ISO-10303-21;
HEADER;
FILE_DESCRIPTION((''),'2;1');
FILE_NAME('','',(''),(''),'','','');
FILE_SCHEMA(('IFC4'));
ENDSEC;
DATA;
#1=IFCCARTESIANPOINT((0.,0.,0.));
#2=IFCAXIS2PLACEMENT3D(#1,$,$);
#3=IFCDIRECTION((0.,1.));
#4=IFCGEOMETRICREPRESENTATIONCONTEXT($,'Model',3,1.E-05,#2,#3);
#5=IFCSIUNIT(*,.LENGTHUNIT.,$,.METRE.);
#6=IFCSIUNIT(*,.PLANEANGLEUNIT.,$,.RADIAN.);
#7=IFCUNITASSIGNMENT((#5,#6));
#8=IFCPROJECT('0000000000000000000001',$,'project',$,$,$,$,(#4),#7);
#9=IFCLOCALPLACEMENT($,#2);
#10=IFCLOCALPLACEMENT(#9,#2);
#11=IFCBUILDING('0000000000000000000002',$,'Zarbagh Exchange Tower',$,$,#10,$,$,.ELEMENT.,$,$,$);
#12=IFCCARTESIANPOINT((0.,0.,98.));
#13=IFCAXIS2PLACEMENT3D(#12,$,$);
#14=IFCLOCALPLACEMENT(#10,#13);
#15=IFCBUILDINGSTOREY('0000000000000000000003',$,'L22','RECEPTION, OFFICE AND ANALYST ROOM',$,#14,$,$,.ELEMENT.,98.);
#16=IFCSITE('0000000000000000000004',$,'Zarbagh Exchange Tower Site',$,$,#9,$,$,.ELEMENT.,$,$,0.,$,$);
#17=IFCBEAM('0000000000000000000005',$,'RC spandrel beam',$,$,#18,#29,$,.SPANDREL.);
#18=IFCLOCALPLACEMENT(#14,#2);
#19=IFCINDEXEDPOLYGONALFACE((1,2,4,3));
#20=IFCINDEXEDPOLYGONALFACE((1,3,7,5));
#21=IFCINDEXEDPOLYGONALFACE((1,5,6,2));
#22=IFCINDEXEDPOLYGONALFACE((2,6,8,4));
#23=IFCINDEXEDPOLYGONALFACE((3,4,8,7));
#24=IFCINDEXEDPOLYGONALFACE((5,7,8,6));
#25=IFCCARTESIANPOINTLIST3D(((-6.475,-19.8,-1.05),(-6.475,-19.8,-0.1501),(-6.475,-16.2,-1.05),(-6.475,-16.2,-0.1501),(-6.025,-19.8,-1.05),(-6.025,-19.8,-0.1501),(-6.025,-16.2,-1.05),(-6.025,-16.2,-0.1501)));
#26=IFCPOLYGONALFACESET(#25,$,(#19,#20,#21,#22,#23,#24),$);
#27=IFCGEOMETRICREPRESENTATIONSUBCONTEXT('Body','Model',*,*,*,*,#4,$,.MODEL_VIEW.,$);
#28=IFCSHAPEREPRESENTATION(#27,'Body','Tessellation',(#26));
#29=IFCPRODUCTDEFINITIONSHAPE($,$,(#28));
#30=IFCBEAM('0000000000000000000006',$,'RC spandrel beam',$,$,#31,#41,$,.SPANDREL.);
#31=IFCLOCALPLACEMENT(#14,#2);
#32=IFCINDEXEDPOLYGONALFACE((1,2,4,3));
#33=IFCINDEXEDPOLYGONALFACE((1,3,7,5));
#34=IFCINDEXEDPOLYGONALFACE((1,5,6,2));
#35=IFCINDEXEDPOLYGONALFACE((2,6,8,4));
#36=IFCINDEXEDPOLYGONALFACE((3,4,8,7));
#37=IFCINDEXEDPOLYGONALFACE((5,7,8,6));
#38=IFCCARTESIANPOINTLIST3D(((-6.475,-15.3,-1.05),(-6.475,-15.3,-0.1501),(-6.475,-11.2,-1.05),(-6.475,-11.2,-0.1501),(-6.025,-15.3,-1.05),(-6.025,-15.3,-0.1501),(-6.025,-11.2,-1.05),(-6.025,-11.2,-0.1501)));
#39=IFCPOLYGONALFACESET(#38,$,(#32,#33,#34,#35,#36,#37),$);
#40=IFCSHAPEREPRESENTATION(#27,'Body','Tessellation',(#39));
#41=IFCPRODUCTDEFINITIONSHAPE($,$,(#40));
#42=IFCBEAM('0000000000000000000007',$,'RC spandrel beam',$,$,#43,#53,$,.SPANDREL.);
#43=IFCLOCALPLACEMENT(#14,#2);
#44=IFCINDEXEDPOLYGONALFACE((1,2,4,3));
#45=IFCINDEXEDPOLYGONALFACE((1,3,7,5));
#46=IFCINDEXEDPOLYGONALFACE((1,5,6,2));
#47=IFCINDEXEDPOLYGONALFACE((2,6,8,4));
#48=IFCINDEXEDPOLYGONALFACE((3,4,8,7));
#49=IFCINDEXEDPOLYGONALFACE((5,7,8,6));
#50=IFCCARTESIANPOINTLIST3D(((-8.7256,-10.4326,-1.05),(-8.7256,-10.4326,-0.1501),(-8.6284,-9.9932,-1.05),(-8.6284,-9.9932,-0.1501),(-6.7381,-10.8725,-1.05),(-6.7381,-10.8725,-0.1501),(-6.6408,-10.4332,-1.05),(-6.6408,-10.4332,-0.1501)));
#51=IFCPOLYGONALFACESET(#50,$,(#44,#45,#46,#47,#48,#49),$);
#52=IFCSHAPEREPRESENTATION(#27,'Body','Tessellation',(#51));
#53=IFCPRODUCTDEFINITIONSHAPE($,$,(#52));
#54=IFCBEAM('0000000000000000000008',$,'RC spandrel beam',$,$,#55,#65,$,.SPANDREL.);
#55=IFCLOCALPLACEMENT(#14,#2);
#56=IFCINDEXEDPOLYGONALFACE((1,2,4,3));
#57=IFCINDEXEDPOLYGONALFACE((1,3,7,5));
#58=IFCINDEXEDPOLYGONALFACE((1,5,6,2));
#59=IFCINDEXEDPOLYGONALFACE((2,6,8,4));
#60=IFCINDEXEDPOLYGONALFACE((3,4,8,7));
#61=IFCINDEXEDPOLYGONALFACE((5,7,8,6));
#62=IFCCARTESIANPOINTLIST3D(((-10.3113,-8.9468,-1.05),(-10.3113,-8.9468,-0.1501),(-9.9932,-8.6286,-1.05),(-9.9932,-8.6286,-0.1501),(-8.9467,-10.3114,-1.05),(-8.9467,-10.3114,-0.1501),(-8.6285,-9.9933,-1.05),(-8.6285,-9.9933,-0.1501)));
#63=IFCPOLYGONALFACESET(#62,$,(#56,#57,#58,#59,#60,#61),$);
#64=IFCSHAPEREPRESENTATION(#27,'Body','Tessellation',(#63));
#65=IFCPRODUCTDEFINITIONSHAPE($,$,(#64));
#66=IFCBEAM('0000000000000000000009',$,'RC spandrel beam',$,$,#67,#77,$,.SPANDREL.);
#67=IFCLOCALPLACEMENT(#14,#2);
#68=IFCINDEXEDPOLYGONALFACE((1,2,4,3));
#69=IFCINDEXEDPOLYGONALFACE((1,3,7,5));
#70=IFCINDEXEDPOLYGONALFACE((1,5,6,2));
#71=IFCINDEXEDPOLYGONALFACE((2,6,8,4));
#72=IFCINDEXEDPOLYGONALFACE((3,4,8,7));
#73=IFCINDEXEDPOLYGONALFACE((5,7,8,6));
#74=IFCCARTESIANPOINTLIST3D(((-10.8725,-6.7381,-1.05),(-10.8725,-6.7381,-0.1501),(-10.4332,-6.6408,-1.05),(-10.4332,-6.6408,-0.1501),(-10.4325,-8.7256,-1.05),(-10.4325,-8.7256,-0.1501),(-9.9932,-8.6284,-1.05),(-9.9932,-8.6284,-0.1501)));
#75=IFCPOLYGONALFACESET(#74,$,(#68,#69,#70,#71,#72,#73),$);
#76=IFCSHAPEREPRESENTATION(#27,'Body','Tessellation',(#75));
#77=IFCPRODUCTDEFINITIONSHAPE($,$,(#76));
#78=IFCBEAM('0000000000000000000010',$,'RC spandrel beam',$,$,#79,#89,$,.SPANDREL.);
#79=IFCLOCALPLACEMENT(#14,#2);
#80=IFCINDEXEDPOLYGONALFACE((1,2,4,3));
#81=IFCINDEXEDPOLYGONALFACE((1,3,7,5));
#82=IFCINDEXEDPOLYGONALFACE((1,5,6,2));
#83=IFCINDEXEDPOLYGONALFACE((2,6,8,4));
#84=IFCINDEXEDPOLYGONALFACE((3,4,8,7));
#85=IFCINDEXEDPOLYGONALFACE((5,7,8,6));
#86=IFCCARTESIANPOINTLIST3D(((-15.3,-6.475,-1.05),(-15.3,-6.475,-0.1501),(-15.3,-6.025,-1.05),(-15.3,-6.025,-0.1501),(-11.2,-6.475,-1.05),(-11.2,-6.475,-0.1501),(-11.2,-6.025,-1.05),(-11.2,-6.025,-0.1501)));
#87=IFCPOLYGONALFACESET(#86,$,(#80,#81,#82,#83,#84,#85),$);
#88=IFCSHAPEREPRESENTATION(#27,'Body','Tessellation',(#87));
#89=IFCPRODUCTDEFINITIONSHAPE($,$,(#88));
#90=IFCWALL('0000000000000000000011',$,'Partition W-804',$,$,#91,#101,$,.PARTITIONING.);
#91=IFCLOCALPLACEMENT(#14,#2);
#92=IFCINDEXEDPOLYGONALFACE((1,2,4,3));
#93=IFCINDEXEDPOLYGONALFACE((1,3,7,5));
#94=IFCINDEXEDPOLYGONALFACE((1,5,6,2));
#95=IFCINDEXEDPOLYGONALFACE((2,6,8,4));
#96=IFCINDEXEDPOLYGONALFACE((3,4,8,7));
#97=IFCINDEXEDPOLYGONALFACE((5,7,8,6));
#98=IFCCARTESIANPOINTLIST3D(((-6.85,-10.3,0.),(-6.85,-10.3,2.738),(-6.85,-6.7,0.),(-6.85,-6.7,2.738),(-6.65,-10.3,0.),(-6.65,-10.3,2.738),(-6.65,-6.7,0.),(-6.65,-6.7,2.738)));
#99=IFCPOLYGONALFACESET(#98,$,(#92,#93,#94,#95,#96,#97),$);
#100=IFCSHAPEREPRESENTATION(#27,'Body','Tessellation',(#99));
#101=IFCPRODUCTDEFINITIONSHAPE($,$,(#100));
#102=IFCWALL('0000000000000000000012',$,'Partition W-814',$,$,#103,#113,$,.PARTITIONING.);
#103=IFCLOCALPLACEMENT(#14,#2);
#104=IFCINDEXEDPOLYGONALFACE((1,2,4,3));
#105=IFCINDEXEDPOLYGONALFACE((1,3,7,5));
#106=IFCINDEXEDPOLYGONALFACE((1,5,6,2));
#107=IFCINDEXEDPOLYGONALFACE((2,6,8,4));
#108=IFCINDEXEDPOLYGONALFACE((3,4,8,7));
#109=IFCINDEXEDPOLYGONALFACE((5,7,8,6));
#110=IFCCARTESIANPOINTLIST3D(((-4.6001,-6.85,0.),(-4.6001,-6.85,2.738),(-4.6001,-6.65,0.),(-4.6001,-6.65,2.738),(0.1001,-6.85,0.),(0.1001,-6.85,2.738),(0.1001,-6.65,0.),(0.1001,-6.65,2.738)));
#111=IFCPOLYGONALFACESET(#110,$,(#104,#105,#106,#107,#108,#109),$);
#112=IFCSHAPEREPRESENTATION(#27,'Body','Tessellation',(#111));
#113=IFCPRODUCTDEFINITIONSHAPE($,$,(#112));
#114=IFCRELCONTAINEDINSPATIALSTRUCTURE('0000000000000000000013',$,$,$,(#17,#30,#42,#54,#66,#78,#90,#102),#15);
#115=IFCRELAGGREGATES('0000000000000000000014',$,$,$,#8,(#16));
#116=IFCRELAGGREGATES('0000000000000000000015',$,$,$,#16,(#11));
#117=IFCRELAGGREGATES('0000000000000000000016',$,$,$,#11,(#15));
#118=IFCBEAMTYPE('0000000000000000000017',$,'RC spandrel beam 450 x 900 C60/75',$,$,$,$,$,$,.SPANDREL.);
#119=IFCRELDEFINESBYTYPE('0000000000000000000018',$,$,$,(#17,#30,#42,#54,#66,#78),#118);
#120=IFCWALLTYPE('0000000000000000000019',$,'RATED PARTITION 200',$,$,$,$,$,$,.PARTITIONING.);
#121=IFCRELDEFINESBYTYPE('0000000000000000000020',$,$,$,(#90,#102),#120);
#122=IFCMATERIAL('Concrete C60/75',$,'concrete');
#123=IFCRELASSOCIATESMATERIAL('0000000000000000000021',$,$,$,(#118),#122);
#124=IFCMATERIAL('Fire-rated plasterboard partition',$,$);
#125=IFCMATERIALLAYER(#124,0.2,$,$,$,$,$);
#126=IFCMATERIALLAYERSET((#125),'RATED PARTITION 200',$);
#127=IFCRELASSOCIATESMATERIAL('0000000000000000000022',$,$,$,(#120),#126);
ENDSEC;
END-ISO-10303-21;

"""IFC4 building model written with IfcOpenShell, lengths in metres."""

from ifc_helpers import new_model, si_unit, direction, frame, frame_2d, origin, origin_2d, place, context, subcontext, project, spatial, rectangle, extrude, material, layer, layer_set, material_profile, profile_set, type_object, element, save


model = new_model("IFC4")

# Units and contexts
model_context = context("Model", 3, precision=1e-05, world=origin(), true_north=direction((0.0, 1.0)))
body_context = subcontext(model_context, "Body", "Model", "MODEL_VIEW")
ifc_project = project(units=[si_unit("LENGTHUNIT", "METRE"), si_unit("PLANEANGLEUNIT", "RADIAN")], contexts=[model_context])

# Site, building, storey
site_placement = place(None, origin())
site = spatial("IfcSite", under=ifc_project, at=site_placement, Name="Zarbagh Exchange Tower Site", CompositionType="ELEMENT", RefElevation=0.0)
building_placement = place(site_placement, origin())
building = spatial("IfcBuilding", under=site, at=building_placement, Name="Zarbagh Exchange Tower", CompositionType="ELEMENT")
storey_placement = place(building_placement, frame((0.0, 0.0, 98.0)))
storey = spatial("IfcBuildingStorey", under=building, at=storey_placement, Name="L22", Description="RECEPTION, OFFICE AND ANALYST ROOM", CompositionType="ELEMENT", Elevation=98.0)

# Shared definitions
ifc_material_1 = material(Name="Concrete C60/75", Category="concrete")

# Beams
ifc_material_profile_1 = material_profile(ifc_material_1, rectangle(XDim=0.45, YDim=0.8999, at=origin_2d()), Name="RC spandrel beam 450 x 900 C60/75")
ifc_profile_set_1 = profile_set([ifc_material_profile_1], Name="Concrete C60/75")
beam_type_1 = type_object("IfcBeamType", Name="RC spandrel beam 450 x 900 C60/75", PredefinedType="SPANDREL", material=ifc_profile_set_1)
beam_1_placement = place(storey_placement, frame((-6.25, -19.8, -0.6001), z_axis=(0.0, 1.0, 0.0), x_axis=(-1.0, 0.0, 0.0)))
element("IfcBeam", 1, at=beam_1_placement, inside=storey, type_object=beam_type_1, Name="RC spandrel beam", PredefinedType="SPANDREL", context=body_context, shape_type="SweptSolid", body=[
    extrude(rectangle(XDim=0.45, YDim=0.8999, at=origin_2d()), origin(), (0.0, 0.0, 1.0), 3.6001),
])
beam_2_placement = place(storey_placement, frame((-6.25, -15.3, -0.6001), z_axis=(0.0, 1.0, 0.0), x_axis=(-1.0, 0.0, 0.0)))
element("IfcBeam", 2, at=beam_2_placement, inside=storey, type_object=beam_type_1, Name="RC spandrel beam", PredefinedType="SPANDREL", context=body_context, shape_type="SweptSolid", body=[
    extrude(rectangle(XDim=0.45, YDim=0.8999, at=origin_2d()), origin(), (0.0, 0.0, 1.0), 4.1001),
])
beam_3_placement = place(storey_placement, frame((-6.6895, -10.6528, -0.6001), z_axis=(-0.976367, 0.216118, 0.0), x_axis=(-0.216118, -0.976367, 0.0)))
element("IfcBeam", 3, at=beam_3_placement, inside=storey, type_object=beam_type_1, Name="RC spandrel beam", PredefinedType="SPANDREL", context=body_context, shape_type="SweptSolid", body=[
    extrude(rectangle(XDim=0.45, YDim=0.8999, at=origin_2d()), origin(), (0.0, 0.0, 1.0), 2.0356),
])
beam_4_placement = place(storey_placement, frame((-8.7876, -10.1523, -0.6001), z_axis=(-0.707107, 0.707107, 0.0), x_axis=(-0.707107, -0.707107, 0.0)))
element("IfcBeam", 4, at=beam_4_placement, inside=storey, type_object=beam_type_1, Name="RC spandrel beam", PredefinedType="SPANDREL", context=body_context, shape_type="SweptSolid", body=[
    extrude(rectangle(XDim=0.45, YDim=0.8999, at=origin_2d()), origin(), (0.0, 0.0, 1.0), 1.9299),
])
beam_5_placement = place(storey_placement, frame((-10.2129, -8.677, -0.6001), z_axis=(-0.216118, 0.976367, 0.0), x_axis=(-0.976367, -0.216118, 0.0)))
element("IfcBeam", 5, at=beam_5_placement, inside=storey, type_object=beam_type_1, Name="RC spandrel beam", PredefinedType="SPANDREL", context=body_context, shape_type="SweptSolid", body=[
    extrude(rectangle(XDim=0.45, YDim=0.8999, at=origin_2d()), origin(), (0.0, 0.0, 1.0), 2.0356),
])
beam_6_placement = place(storey_placement, frame((-11.2, -6.25, -0.6001), z_axis=(-1.0, 0.0, 0.0), x_axis=(0.0, -1.0, 0.0)))
element("IfcBeam", 6, at=beam_6_placement, inside=storey, type_object=beam_type_1, Name="RC spandrel beam", PredefinedType="SPANDREL", context=body_context, shape_type="SweptSolid", body=[
    extrude(rectangle(XDim=0.45, YDim=0.8999, at=origin_2d()), origin(), (0.0, 0.0, 1.0), 4.1001),
])

# Walls
ifc_material_2 = material(Name="Fire-rated plasterboard partition")
ifc_layer = layer(ifc_material_2, 0.2)
ifc_layer_set = layer_set([ifc_layer], Name="RATED PARTITION 200")
wall_type = type_object("IfcWallType", Name="RATED PARTITION 200", PredefinedType="PARTITIONING", material=ifc_layer_set)
wall_1_placement = place(storey_placement, frame((-6.75, -10.3, 0.0), z_axis=(0.0, 0.0, 1.0), x_axis=(0.0, 1.0, 0.0)))
element("IfcWall", 7, at=wall_1_placement, inside=storey, type_object=wall_type, Name="Partition W-804", PredefinedType="PARTITIONING", context=body_context, shape_type="SweptSolid", body=[
    extrude(rectangle(XDim=3.6001, YDim=0.2, at=frame_2d((1.8, 0.0))), origin(), (0.0, 0.0, 1.0), 2.738),
])
wall_2_placement = place(storey_placement, frame((-4.6001, -6.75, 0.0), z_axis=(0.0, 0.0, 1.0), x_axis=(1.0, 0.0, 0.0)))
element("IfcWall", 8, at=wall_2_placement, inside=storey, type_object=wall_type, Name="Partition W-814", PredefinedType="PARTITIONING", context=body_context, shape_type="SweptSolid", body=[
    extrude(rectangle(XDim=4.7002, YDim=0.2, at=frame_2d((2.3501, 0.0))), origin(), (0.0, 0.0, 1.0), 2.738),
])

save(model, "model.ifc")
